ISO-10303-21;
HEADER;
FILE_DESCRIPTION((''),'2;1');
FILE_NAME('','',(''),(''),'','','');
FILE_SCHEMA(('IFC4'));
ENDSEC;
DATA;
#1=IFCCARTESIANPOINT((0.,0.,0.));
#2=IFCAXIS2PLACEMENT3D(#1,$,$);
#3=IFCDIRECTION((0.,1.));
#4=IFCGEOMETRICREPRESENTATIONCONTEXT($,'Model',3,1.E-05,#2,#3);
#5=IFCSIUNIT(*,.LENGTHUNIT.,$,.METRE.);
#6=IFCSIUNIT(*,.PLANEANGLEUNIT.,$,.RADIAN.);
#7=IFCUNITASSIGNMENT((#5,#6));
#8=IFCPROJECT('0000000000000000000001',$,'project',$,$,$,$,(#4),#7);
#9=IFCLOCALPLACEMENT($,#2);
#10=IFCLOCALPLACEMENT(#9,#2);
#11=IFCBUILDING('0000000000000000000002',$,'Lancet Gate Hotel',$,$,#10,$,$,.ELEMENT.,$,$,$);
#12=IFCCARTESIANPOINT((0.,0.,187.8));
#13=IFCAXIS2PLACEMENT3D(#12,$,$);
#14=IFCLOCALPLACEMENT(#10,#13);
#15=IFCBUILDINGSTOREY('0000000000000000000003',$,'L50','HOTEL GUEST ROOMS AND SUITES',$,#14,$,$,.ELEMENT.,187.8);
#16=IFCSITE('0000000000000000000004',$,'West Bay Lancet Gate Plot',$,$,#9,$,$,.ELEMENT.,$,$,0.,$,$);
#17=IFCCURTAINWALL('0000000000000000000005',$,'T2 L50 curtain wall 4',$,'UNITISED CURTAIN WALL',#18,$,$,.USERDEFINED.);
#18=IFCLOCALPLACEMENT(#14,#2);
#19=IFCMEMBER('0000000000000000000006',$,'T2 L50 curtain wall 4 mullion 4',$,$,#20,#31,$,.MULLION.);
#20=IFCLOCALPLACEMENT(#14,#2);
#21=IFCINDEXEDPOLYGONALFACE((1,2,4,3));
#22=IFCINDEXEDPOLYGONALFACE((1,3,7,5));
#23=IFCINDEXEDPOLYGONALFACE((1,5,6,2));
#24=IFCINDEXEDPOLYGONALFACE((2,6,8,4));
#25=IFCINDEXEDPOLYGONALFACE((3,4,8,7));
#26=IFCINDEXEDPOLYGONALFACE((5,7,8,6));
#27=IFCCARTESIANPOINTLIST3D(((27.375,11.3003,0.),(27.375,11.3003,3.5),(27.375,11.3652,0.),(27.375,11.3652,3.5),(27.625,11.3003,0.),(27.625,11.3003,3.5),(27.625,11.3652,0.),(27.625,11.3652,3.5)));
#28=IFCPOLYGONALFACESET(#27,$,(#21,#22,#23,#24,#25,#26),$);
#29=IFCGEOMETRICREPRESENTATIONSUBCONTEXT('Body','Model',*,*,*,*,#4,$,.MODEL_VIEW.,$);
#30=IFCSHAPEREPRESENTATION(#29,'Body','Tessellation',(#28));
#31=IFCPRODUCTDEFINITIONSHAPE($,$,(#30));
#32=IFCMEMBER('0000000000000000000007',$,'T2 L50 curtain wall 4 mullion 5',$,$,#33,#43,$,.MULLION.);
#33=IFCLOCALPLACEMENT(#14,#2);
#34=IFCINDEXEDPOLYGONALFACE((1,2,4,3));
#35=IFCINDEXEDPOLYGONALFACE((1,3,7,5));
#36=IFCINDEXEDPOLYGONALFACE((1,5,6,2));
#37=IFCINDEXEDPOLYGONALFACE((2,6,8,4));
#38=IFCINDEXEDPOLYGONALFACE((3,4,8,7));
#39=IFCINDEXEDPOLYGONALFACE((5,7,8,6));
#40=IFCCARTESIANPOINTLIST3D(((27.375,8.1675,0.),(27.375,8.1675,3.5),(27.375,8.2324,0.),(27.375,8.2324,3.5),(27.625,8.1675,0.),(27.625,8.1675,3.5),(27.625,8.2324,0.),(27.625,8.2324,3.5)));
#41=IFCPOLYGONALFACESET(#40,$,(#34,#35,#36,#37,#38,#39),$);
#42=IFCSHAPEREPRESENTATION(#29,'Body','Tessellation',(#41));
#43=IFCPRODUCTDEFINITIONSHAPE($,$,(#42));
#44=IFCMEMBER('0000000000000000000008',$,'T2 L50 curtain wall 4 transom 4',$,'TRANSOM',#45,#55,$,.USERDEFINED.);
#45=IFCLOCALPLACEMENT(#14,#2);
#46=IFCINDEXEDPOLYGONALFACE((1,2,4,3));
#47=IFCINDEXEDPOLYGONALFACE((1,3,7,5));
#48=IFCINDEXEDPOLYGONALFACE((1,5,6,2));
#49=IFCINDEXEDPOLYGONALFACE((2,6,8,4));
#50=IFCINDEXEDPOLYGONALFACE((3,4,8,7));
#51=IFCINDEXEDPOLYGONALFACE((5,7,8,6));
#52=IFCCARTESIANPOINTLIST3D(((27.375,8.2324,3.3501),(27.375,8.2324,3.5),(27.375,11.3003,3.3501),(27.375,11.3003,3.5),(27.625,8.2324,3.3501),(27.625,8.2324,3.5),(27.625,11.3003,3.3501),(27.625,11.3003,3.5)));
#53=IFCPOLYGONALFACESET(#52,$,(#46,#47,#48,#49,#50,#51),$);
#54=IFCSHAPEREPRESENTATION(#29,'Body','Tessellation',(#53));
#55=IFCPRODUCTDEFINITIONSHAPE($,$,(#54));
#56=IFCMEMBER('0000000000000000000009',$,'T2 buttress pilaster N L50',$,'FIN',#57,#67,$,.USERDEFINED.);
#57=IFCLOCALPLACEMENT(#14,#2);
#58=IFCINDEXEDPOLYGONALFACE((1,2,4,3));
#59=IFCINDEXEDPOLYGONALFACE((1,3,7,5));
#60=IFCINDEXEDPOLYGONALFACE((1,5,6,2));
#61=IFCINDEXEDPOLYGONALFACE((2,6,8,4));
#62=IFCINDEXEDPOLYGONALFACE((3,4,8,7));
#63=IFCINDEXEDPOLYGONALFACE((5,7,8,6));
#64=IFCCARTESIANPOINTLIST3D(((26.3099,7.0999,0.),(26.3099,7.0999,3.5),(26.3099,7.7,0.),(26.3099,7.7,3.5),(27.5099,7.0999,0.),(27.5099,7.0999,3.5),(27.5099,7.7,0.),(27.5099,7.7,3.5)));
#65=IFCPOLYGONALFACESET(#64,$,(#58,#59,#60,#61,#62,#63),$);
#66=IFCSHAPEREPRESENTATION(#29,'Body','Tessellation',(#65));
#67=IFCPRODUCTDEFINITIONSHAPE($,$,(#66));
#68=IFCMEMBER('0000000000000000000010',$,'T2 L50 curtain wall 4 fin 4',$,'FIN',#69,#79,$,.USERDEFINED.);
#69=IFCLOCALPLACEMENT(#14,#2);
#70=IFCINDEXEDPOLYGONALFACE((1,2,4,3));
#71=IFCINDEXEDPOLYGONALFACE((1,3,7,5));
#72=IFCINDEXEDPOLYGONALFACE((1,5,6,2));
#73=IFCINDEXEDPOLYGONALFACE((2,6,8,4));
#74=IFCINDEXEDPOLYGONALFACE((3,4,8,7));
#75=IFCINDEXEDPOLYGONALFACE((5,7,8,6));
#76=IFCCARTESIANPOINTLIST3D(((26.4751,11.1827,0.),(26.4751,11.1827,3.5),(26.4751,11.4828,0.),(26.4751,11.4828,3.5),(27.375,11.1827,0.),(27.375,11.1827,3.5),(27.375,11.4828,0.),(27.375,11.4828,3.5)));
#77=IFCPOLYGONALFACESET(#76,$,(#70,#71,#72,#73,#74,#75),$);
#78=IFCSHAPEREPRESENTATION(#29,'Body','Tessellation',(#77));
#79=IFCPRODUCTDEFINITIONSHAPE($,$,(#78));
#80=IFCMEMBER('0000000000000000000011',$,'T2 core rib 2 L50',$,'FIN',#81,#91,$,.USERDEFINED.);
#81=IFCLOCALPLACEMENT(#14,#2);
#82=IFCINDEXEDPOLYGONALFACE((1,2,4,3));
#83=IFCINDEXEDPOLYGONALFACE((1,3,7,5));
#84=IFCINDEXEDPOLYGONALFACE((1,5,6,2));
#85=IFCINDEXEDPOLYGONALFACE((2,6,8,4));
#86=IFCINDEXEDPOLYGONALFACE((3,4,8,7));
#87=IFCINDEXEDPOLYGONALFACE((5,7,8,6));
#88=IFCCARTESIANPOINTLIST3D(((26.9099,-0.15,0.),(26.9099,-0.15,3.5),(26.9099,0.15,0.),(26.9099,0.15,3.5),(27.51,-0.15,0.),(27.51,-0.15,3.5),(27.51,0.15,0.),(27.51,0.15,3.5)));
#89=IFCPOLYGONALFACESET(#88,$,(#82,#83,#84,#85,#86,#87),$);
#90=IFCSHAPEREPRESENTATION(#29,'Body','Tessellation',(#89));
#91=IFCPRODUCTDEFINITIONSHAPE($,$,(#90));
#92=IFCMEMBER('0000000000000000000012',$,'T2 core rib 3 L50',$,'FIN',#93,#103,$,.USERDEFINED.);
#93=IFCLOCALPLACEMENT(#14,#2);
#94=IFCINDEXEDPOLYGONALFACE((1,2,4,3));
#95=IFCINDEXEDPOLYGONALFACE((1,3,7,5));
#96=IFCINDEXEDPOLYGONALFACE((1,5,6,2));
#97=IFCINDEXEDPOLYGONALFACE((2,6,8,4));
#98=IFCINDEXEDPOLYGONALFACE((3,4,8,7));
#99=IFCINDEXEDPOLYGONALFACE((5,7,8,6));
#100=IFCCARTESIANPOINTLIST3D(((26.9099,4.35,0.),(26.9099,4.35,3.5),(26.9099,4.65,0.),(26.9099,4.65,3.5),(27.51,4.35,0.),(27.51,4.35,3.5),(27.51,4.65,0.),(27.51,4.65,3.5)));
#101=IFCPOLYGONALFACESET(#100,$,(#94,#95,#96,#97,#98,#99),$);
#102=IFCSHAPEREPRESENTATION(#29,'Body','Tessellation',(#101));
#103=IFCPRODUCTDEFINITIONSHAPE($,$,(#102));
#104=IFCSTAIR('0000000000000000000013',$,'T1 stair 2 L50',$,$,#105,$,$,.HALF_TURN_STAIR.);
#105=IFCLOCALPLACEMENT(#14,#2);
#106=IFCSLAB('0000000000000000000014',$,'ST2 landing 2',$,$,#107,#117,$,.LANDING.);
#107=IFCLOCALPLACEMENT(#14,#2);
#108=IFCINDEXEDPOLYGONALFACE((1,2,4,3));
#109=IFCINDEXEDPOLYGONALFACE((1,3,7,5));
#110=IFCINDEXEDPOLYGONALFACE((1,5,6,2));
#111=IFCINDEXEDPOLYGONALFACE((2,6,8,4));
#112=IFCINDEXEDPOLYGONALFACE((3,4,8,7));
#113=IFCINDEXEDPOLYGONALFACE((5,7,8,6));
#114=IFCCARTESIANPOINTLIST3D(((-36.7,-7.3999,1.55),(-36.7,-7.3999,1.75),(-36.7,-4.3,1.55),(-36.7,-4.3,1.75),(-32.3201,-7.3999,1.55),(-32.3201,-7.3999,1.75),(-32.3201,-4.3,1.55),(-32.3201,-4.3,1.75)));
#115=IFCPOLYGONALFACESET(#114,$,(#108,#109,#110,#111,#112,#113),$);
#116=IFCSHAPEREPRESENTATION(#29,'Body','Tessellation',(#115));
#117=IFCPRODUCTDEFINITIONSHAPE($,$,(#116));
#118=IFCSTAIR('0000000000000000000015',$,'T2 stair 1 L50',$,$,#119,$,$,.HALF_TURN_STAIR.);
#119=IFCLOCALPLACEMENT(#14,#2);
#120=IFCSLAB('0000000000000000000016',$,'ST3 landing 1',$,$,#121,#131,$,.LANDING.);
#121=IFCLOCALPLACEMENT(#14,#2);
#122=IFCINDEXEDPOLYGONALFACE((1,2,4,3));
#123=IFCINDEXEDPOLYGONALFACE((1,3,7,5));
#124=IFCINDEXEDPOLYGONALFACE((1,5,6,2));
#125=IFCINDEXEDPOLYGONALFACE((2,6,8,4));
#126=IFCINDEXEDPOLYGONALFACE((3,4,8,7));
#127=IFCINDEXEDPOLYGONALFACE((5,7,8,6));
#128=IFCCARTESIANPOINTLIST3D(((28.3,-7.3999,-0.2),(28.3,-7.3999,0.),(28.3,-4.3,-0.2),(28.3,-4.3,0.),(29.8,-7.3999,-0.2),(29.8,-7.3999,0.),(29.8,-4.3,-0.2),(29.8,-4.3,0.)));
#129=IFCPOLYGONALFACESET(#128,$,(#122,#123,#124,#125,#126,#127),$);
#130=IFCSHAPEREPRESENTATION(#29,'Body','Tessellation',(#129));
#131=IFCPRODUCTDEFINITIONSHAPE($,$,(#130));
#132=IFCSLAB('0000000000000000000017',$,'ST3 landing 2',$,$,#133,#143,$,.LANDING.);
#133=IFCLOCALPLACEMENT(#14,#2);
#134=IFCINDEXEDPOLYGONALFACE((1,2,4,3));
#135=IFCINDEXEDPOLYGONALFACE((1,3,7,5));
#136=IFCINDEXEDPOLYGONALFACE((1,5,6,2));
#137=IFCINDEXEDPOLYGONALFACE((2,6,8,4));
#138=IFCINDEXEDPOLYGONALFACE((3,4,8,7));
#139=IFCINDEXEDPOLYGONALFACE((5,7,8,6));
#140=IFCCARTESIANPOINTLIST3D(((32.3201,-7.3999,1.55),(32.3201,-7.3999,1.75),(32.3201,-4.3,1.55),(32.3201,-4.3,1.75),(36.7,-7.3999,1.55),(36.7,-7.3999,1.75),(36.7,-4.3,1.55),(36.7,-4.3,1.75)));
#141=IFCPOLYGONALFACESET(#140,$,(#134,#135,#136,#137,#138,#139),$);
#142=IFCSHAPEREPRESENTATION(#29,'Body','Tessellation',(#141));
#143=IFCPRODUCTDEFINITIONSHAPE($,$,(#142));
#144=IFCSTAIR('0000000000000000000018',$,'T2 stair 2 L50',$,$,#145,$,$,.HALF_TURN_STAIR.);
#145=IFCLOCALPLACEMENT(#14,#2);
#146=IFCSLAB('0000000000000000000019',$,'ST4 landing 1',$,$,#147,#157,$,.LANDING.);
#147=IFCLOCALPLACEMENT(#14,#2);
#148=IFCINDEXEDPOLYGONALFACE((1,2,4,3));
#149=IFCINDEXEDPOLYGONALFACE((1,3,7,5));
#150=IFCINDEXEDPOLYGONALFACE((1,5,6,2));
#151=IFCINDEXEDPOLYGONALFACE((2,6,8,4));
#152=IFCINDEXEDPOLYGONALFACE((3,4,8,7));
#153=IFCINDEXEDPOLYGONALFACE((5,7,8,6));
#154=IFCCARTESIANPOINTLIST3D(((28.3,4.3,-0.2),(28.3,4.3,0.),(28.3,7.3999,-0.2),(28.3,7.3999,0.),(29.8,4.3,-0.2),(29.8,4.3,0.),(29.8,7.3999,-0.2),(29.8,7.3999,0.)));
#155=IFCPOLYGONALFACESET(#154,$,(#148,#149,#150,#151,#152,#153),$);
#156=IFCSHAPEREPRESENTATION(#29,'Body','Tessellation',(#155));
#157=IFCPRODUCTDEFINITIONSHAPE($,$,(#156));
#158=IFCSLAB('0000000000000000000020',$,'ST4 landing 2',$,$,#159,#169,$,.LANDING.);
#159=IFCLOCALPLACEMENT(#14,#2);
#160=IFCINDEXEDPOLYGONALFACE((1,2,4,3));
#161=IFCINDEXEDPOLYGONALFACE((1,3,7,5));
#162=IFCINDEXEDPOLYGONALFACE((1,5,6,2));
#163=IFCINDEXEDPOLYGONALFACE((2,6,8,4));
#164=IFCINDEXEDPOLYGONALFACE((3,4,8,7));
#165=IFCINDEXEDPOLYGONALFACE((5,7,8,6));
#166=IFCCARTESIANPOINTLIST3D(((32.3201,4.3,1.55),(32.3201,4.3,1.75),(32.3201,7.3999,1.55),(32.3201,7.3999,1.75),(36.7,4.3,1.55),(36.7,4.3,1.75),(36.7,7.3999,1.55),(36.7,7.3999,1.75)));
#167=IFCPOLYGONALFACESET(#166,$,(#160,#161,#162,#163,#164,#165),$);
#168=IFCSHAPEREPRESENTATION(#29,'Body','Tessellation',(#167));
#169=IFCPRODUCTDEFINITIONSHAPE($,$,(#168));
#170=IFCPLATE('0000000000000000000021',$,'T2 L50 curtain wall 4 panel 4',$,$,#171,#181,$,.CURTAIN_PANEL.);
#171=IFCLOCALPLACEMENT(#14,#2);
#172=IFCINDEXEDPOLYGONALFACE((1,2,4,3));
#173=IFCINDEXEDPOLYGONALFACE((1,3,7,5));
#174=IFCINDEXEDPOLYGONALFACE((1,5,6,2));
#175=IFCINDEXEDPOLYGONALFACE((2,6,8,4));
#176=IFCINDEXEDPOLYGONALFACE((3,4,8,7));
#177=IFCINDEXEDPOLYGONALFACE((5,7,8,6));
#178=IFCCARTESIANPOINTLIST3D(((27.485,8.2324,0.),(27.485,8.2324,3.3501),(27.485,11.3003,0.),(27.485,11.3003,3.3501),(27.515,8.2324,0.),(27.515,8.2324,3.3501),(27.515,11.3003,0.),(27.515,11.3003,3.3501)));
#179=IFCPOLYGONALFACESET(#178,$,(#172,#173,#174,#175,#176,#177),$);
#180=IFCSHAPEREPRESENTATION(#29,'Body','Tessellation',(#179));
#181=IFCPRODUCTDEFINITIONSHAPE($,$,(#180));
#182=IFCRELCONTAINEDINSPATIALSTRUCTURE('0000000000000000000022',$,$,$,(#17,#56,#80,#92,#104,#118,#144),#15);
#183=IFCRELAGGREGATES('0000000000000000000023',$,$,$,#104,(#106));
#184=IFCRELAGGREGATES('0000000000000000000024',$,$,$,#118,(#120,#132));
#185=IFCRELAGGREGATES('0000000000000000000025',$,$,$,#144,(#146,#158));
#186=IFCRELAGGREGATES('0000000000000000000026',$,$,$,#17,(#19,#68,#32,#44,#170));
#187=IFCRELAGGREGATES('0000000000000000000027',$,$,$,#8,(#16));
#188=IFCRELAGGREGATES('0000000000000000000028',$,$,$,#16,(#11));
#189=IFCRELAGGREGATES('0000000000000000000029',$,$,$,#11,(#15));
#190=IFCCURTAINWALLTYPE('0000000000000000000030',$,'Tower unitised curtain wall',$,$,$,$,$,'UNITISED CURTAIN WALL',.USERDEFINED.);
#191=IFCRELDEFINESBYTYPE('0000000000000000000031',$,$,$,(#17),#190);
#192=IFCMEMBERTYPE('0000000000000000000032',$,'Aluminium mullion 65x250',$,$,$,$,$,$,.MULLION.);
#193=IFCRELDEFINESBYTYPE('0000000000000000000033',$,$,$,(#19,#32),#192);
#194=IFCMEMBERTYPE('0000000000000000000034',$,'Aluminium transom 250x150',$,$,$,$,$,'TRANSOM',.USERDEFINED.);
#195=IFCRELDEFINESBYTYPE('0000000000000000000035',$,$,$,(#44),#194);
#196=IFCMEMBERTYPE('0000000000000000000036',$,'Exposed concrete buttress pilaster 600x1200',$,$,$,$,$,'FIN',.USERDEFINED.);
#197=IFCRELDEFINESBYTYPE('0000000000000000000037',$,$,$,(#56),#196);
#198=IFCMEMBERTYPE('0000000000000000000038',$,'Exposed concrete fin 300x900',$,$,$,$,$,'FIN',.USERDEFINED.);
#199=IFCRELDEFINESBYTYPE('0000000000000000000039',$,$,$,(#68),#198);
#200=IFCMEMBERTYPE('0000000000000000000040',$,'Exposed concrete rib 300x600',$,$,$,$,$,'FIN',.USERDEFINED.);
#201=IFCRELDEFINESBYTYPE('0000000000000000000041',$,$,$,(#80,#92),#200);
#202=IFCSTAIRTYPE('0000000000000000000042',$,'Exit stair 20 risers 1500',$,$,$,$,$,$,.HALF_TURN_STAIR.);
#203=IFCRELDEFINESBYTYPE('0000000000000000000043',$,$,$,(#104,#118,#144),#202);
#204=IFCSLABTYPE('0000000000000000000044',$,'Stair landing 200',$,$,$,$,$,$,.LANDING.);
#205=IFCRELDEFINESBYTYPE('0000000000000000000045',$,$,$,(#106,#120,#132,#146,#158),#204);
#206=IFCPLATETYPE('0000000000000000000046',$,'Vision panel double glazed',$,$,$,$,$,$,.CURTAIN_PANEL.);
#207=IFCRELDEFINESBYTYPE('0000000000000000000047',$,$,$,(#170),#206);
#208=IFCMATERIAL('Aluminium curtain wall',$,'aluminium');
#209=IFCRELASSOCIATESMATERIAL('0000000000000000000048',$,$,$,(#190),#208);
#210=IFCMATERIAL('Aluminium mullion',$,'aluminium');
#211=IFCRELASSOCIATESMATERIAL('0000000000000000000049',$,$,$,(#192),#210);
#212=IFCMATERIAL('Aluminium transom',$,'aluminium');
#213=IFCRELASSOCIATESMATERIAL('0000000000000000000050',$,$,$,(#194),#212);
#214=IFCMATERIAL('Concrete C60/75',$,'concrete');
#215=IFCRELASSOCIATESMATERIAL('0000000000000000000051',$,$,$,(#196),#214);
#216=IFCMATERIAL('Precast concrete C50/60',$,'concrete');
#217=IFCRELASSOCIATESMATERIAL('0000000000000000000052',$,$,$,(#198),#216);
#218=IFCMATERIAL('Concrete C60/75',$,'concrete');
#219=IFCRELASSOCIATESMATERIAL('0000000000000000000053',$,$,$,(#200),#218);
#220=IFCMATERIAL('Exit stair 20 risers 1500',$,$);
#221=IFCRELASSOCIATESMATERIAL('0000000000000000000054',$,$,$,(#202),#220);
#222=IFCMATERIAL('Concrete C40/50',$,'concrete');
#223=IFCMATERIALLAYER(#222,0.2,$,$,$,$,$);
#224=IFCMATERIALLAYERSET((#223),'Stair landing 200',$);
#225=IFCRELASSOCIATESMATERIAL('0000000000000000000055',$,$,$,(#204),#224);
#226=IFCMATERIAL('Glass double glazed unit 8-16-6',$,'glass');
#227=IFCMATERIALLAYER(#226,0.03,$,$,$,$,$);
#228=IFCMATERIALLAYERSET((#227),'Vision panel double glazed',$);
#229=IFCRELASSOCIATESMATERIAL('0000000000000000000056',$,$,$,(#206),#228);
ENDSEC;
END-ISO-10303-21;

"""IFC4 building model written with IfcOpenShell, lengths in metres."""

from ifc_helpers import new_model, si_unit, direction, frame, origin, origin_2d, place, context, subcontext, project, spatial, polyline, rectangle, outline, extrude, material, layer, layer_set, material_profile, profile_set, type_object, element, aggregate, save


model = new_model("IFC4")

# Units and contexts
model_context = context("Model", 3, precision=1e-05, world=origin(), true_north=direction((0.0, 1.0)))
body_context = subcontext(model_context, "Body", "Model", "MODEL_VIEW")
ifc_project = project(units=[si_unit("LENGTHUNIT", "METRE"), si_unit("PLANEANGLEUNIT", "RADIAN")], contexts=[model_context])

# Site, building, storey
site_placement = place(None, origin())
site = spatial("IfcSite", under=ifc_project, at=site_placement, Name="West Bay Lancet Gate Plot", CompositionType="ELEMENT", RefElevation=0.0)
building_placement = place(site_placement, origin())
building = spatial("IfcBuilding", under=site, at=building_placement, Name="Lancet Gate Hotel", CompositionType="ELEMENT")
storey_placement = place(building_placement, frame((0.0, 0.0, 187.8)))
storey = spatial("IfcBuildingStorey", under=building, at=storey_placement, Name="L50", Description="HOTEL GUEST ROOMS AND SUITES", CompositionType="ELEMENT", Elevation=187.8)

# Curtain wall, members
ifc_material_1 = material(Name="Aluminium curtain wall", Category="aluminium")
curtain_wall_type = type_object("IfcCurtainWallType", Name="Tower unitised curtain wall", ElementType="UNITISED CURTAIN WALL", PredefinedType="USERDEFINED", material=ifc_material_1)
curtain_wall_placement = place(storey_placement, origin())
curtain_wall = element("IfcCurtainWall", 1, at=curtain_wall_placement, inside=storey, type_object=curtain_wall_type, Name="T2 L50 curtain wall 4", ObjectType="UNITISED CURTAIN WALL", PredefinedType="USERDEFINED")
ifc_material_2 = material(Name="Aluminium mullion", Category="aluminium")
ifc_material_profile_1 = material_profile(ifc_material_2, rectangle(XDim=0.0649, YDim=0.25, at=origin_2d()), Name="MULLION 65x250")
ifc_profile_set_1 = profile_set([ifc_material_profile_1], Name="Aluminium mullion")
member_type_1 = type_object("IfcMemberType", Name="Aluminium mullion 65x250", PredefinedType="MULLION", material=ifc_profile_set_1)
member_1_placement = place(storey_placement, frame((27.5, 11.3328, 0.0), z_axis=(0.0, 0.0, 1.0), x_axis=(0.0, -1.0, 0.0)))
member_1 = element("IfcMember", 2, at=member_1_placement, type_object=member_type_1, Name="T2 L50 curtain wall 4 mullion 4", PredefinedType="MULLION", context=body_context, shape_type="SweptSolid", body=[
    extrude(rectangle(XDim=0.0649, YDim=0.25, at=origin_2d()), origin(), (0.0, 0.0, 1.0), 3.5),
])
member_2_placement = place(storey_placement, frame((27.5, 8.2, 0.0), z_axis=(0.0, 0.0, 1.0), x_axis=(0.0, -1.0, 0.0)))
member_2 = element("IfcMember", 3, at=member_2_placement, type_object=member_type_1, Name="T2 L50 curtain wall 4 mullion 5", PredefinedType="MULLION", context=body_context, shape_type="SweptSolid", body=[
    extrude(rectangle(XDim=0.0649, YDim=0.25, at=origin_2d()), origin(), (0.0, 0.0, 1.0), 3.5),
])
ifc_material_3 = material(Name="Aluminium transom", Category="aluminium")
ifc_material_profile_2 = material_profile(ifc_material_3, rectangle(XDim=0.25, YDim=0.1499, at=origin_2d()), Name="TRANSOM 250x150")
ifc_profile_set_2 = profile_set([ifc_material_profile_2], Name="Aluminium transom")
member_type_2 = type_object("IfcMemberType", Name="Aluminium transom 250x150", ElementType="TRANSOM", PredefinedType="USERDEFINED", material=ifc_profile_set_2)
member_3_placement = place(storey_placement, frame((27.5, 11.3003, 3.425), z_axis=(0.0, -1.0, 0.0), x_axis=(1.0, 0.0, 0.0)))
member_3 = element("IfcMember", 4, at=member_3_placement, type_object=member_type_2, Name="T2 L50 curtain wall 4 transom 4", ObjectType="TRANSOM", PredefinedType="USERDEFINED", context=body_context, shape_type="SweptSolid", body=[
    extrude(rectangle(XDim=0.25, YDim=0.1499, at=origin_2d()), origin(), (0.0, 0.0, 1.0), 3.0679),
])

# Members
ifc_material_4 = material(Name="Concrete C60/75", Category="concrete")
ifc_material_profile_3 = material_profile(ifc_material_4, rectangle(XDim=0.6001, YDim=1.2, at=origin_2d()), Name="FIN 600x1200")
ifc_profile_set_3 = profile_set([ifc_material_profile_3], Name="Concrete C60/75")
member_type_3 = type_object("IfcMemberType", Name="Exposed concrete buttress pilaster 600x1200", ElementType="FIN", PredefinedType="USERDEFINED", material=ifc_profile_set_3)
member_4_placement = place(storey_placement, frame((26.9099, 7.3999, 0.0), z_axis=(0.0, 0.0, 1.0), x_axis=(0.0, 1.0, 0.0)))
element("IfcMember", 5, at=member_4_placement, inside=storey, type_object=member_type_3, Name="T2 buttress pilaster N L50", ObjectType="FIN", PredefinedType="USERDEFINED", context=body_context, shape_type="SweptSolid", body=[
    extrude(rectangle(XDim=0.6001, YDim=1.2, at=origin_2d()), origin(), (0.0, 0.0, 1.0), 3.5),
])
ifc_material_5 = material(Name="Precast concrete C50/60", Category="concrete")
ifc_material_profile_4 = material_profile(ifc_material_5, rectangle(XDim=0.3, YDim=0.8999, at=origin_2d()), Name="FIN 300x900")
ifc_profile_set_4 = profile_set([ifc_material_profile_4], Name="Precast concrete C50/60")
member_type_4 = type_object("IfcMemberType", Name="Exposed concrete fin 300x900", ElementType="FIN", PredefinedType="USERDEFINED", material=ifc_profile_set_4)
member_5_placement = place(storey_placement, frame((26.925, 11.3328, 0.0), z_axis=(0.0, 0.0, 1.0), x_axis=(0.0, -1.0, 0.0)))
member_5 = element("IfcMember", 6, at=member_5_placement, type_object=member_type_4, Name="T2 L50 curtain wall 4 fin 4", ObjectType="FIN", PredefinedType="USERDEFINED", context=body_context, shape_type="SweptSolid", body=[
    extrude(rectangle(XDim=0.3, YDim=0.8999, at=origin_2d()), origin(), (0.0, 0.0, 1.0), 3.5),
])

# Members
ifc_material_6 = material(Name="Concrete C60/75", Category="concrete")
ifc_material_profile_5 = material_profile(ifc_material_6, rectangle(XDim=0.3, YDim=0.6001, at=origin_2d()), Name="FIN 300x600")
ifc_profile_set_5 = profile_set([ifc_material_profile_5], Name="Concrete C60/75")
member_type_5 = type_object("IfcMemberType", Name="Exposed concrete rib 300x600", ElementType="FIN", PredefinedType="USERDEFINED", material=ifc_profile_set_5)
for number, where, z_axis, x_axis, name in (
    (7, (27.21, 0.0, 0.0), (0.0, 0.0, 1.0), (0.0, 1.0, 0.0), "T2 core rib 2 L50"),
    (8, (27.21, 4.5, 0.0), (0.0, 0.0, 1.0), (0.0, 1.0, 0.0), "T2 core rib 3 L50"),
):
    element("IfcMember", number, at=place(storey_placement, frame(where, z_axis=z_axis, x_axis=x_axis)), inside=storey, type_object=member_type_5, Name=name, ObjectType="FIN", PredefinedType="USERDEFINED", context=body_context, shape_type="SweptSolid", body=[
        extrude(rectangle(XDim=0.3, YDim=0.6001, at=origin_2d()), origin(), (0.0, 0.0, 1.0), 3.5),
    ])

# Stair, slab
ifc_material_7 = material(Name="Exit stair 20 risers 1500")
stair_type = type_object("IfcStairType", Name="Exit stair 20 risers 1500", PredefinedType="HALF_TURN_STAIR", material=ifc_material_7)
stair_1_placement = place(storey_placement, origin())
stair_1 = element("IfcStair", 9, at=stair_1_placement, inside=storey, type_object=stair_type, Name="T1 stair 2 L50", PredefinedType="HALF_TURN_STAIR")
ifc_material_8 = material(Name="Concrete C40/50", Category="concrete")
ifc_layer_1 = layer(ifc_material_8, 0.2)
ifc_layer_set_1 = layer_set([ifc_layer_1], Name="Stair landing 200")
slab_type = type_object("IfcSlabType", Name="Stair landing 200", PredefinedType="LANDING", material=ifc_layer_set_1)
slab_1_placement = place(storey_placement, frame((0.0, 0.0, 1.55)))
slab_1 = element("IfcSlab", 10, at=slab_1_placement, type_object=slab_type, Name="ST2 landing 2", PredefinedType="LANDING", context=body_context, shape_type="SweptSolid", body=[
    extrude(outline(polyline([(-32.3201, -4.3), (-36.7, -4.3), (-36.7, -7.3999), (-32.3201, -7.3999), (-32.3201, -4.3)])), origin(), (0.0, 0.0, 1.0), 0.2),
])
aggregate(stair_1, [slab_1])

# Stairs, slabs
stair_2_placement = place(storey_placement, origin())
stair_2 = element("IfcStair", 11, at=stair_2_placement, inside=storey, type_object=stair_type, Name="T2 stair 1 L50", PredefinedType="HALF_TURN_STAIR")
slab_2_placement = place(storey_placement, frame((0.0, 0.0, -0.2)))
slab_2 = element("IfcSlab", 12, at=slab_2_placement, type_object=slab_type, Name="ST3 landing 1", PredefinedType="LANDING", context=body_context, shape_type="SweptSolid", body=[
    extrude(outline(polyline([(28.3, -7.3999), (29.8, -7.3999), (29.8, -4.3), (28.3, -4.3), (28.3, -7.3999)])), origin(), (0.0, 0.0, 1.0), 0.2),
])
slab_3_placement = place(storey_placement, frame((0.0, 0.0, 1.55)))
slab_3 = element("IfcSlab", 13, at=slab_3_placement, type_object=slab_type, Name="ST3 landing 2", PredefinedType="LANDING", context=body_context, shape_type="SweptSolid", body=[
    extrude(outline(polyline([(32.3201, -7.3999), (36.7, -7.3999), (36.7, -4.3), (32.3201, -4.3), (32.3201, -7.3999)])), origin(), (0.0, 0.0, 1.0), 0.2),
])
aggregate(stair_2, [slab_2, slab_3])
stair_3_placement = place(storey_placement, origin())
stair_3 = element("IfcStair", 14, at=stair_3_placement, inside=storey, type_object=stair_type, Name="T2 stair 2 L50", PredefinedType="HALF_TURN_STAIR")
slab_4_placement = place(storey_placement, frame((0.0, 0.0, -0.2)))
slab_4 = element("IfcSlab", 15, at=slab_4_placement, type_object=slab_type, Name="ST4 landing 1", PredefinedType="LANDING", context=body_context, shape_type="SweptSolid", body=[
    extrude(outline(polyline([(28.3, 4.3), (29.8, 4.3), (29.8, 7.3999), (28.3, 7.3999), (28.3, 4.3)])), origin(), (0.0, 0.0, 1.0), 0.2),
])
slab_5_placement = place(storey_placement, frame((0.0, 0.0, 1.55)))
slab_5 = element("IfcSlab", 16, at=slab_5_placement, type_object=slab_type, Name="ST4 landing 2", PredefinedType="LANDING", context=body_context, shape_type="SweptSolid", body=[
    extrude(outline(polyline([(32.3201, 4.3), (36.7, 4.3), (36.7, 7.3999), (32.3201, 7.3999), (32.3201, 4.3)])), origin(), (0.0, 0.0, 1.0), 0.2),
])
aggregate(stair_3, [slab_4, slab_5])

# Plate
ifc_material_9 = material(Name="Glass double glazed unit 8-16-6", Category="glass")
ifc_layer_2 = layer(ifc_material_9, 0.03)
ifc_layer_set_2 = layer_set([ifc_layer_2], Name="Vision panel double glazed")
plate_type = type_object("IfcPlateType", Name="Vision panel double glazed", PredefinedType="CURTAIN_PANEL", material=ifc_layer_set_2)
plate_placement = place(storey_placement, frame((27.5, 9.7664, 0.0), z_axis=(0.0, 0.0, 1.0), x_axis=(0.0, -1.0, 0.0)))
plate = element("IfcPlate", 17, at=plate_placement, type_object=plate_type, Name="T2 L50 curtain wall 4 panel 4", PredefinedType="CURTAIN_PANEL", context=body_context, shape_type="SweptSolid", body=[
    extrude(rectangle(XDim=3.0679, YDim=0.03, at=origin_2d()), origin(), (0.0, 0.0, 1.0), 3.3501),
])
aggregate(curtain_wall, [member_1, member_5, member_2, member_3, plate])

save(model, "model.ifc")
